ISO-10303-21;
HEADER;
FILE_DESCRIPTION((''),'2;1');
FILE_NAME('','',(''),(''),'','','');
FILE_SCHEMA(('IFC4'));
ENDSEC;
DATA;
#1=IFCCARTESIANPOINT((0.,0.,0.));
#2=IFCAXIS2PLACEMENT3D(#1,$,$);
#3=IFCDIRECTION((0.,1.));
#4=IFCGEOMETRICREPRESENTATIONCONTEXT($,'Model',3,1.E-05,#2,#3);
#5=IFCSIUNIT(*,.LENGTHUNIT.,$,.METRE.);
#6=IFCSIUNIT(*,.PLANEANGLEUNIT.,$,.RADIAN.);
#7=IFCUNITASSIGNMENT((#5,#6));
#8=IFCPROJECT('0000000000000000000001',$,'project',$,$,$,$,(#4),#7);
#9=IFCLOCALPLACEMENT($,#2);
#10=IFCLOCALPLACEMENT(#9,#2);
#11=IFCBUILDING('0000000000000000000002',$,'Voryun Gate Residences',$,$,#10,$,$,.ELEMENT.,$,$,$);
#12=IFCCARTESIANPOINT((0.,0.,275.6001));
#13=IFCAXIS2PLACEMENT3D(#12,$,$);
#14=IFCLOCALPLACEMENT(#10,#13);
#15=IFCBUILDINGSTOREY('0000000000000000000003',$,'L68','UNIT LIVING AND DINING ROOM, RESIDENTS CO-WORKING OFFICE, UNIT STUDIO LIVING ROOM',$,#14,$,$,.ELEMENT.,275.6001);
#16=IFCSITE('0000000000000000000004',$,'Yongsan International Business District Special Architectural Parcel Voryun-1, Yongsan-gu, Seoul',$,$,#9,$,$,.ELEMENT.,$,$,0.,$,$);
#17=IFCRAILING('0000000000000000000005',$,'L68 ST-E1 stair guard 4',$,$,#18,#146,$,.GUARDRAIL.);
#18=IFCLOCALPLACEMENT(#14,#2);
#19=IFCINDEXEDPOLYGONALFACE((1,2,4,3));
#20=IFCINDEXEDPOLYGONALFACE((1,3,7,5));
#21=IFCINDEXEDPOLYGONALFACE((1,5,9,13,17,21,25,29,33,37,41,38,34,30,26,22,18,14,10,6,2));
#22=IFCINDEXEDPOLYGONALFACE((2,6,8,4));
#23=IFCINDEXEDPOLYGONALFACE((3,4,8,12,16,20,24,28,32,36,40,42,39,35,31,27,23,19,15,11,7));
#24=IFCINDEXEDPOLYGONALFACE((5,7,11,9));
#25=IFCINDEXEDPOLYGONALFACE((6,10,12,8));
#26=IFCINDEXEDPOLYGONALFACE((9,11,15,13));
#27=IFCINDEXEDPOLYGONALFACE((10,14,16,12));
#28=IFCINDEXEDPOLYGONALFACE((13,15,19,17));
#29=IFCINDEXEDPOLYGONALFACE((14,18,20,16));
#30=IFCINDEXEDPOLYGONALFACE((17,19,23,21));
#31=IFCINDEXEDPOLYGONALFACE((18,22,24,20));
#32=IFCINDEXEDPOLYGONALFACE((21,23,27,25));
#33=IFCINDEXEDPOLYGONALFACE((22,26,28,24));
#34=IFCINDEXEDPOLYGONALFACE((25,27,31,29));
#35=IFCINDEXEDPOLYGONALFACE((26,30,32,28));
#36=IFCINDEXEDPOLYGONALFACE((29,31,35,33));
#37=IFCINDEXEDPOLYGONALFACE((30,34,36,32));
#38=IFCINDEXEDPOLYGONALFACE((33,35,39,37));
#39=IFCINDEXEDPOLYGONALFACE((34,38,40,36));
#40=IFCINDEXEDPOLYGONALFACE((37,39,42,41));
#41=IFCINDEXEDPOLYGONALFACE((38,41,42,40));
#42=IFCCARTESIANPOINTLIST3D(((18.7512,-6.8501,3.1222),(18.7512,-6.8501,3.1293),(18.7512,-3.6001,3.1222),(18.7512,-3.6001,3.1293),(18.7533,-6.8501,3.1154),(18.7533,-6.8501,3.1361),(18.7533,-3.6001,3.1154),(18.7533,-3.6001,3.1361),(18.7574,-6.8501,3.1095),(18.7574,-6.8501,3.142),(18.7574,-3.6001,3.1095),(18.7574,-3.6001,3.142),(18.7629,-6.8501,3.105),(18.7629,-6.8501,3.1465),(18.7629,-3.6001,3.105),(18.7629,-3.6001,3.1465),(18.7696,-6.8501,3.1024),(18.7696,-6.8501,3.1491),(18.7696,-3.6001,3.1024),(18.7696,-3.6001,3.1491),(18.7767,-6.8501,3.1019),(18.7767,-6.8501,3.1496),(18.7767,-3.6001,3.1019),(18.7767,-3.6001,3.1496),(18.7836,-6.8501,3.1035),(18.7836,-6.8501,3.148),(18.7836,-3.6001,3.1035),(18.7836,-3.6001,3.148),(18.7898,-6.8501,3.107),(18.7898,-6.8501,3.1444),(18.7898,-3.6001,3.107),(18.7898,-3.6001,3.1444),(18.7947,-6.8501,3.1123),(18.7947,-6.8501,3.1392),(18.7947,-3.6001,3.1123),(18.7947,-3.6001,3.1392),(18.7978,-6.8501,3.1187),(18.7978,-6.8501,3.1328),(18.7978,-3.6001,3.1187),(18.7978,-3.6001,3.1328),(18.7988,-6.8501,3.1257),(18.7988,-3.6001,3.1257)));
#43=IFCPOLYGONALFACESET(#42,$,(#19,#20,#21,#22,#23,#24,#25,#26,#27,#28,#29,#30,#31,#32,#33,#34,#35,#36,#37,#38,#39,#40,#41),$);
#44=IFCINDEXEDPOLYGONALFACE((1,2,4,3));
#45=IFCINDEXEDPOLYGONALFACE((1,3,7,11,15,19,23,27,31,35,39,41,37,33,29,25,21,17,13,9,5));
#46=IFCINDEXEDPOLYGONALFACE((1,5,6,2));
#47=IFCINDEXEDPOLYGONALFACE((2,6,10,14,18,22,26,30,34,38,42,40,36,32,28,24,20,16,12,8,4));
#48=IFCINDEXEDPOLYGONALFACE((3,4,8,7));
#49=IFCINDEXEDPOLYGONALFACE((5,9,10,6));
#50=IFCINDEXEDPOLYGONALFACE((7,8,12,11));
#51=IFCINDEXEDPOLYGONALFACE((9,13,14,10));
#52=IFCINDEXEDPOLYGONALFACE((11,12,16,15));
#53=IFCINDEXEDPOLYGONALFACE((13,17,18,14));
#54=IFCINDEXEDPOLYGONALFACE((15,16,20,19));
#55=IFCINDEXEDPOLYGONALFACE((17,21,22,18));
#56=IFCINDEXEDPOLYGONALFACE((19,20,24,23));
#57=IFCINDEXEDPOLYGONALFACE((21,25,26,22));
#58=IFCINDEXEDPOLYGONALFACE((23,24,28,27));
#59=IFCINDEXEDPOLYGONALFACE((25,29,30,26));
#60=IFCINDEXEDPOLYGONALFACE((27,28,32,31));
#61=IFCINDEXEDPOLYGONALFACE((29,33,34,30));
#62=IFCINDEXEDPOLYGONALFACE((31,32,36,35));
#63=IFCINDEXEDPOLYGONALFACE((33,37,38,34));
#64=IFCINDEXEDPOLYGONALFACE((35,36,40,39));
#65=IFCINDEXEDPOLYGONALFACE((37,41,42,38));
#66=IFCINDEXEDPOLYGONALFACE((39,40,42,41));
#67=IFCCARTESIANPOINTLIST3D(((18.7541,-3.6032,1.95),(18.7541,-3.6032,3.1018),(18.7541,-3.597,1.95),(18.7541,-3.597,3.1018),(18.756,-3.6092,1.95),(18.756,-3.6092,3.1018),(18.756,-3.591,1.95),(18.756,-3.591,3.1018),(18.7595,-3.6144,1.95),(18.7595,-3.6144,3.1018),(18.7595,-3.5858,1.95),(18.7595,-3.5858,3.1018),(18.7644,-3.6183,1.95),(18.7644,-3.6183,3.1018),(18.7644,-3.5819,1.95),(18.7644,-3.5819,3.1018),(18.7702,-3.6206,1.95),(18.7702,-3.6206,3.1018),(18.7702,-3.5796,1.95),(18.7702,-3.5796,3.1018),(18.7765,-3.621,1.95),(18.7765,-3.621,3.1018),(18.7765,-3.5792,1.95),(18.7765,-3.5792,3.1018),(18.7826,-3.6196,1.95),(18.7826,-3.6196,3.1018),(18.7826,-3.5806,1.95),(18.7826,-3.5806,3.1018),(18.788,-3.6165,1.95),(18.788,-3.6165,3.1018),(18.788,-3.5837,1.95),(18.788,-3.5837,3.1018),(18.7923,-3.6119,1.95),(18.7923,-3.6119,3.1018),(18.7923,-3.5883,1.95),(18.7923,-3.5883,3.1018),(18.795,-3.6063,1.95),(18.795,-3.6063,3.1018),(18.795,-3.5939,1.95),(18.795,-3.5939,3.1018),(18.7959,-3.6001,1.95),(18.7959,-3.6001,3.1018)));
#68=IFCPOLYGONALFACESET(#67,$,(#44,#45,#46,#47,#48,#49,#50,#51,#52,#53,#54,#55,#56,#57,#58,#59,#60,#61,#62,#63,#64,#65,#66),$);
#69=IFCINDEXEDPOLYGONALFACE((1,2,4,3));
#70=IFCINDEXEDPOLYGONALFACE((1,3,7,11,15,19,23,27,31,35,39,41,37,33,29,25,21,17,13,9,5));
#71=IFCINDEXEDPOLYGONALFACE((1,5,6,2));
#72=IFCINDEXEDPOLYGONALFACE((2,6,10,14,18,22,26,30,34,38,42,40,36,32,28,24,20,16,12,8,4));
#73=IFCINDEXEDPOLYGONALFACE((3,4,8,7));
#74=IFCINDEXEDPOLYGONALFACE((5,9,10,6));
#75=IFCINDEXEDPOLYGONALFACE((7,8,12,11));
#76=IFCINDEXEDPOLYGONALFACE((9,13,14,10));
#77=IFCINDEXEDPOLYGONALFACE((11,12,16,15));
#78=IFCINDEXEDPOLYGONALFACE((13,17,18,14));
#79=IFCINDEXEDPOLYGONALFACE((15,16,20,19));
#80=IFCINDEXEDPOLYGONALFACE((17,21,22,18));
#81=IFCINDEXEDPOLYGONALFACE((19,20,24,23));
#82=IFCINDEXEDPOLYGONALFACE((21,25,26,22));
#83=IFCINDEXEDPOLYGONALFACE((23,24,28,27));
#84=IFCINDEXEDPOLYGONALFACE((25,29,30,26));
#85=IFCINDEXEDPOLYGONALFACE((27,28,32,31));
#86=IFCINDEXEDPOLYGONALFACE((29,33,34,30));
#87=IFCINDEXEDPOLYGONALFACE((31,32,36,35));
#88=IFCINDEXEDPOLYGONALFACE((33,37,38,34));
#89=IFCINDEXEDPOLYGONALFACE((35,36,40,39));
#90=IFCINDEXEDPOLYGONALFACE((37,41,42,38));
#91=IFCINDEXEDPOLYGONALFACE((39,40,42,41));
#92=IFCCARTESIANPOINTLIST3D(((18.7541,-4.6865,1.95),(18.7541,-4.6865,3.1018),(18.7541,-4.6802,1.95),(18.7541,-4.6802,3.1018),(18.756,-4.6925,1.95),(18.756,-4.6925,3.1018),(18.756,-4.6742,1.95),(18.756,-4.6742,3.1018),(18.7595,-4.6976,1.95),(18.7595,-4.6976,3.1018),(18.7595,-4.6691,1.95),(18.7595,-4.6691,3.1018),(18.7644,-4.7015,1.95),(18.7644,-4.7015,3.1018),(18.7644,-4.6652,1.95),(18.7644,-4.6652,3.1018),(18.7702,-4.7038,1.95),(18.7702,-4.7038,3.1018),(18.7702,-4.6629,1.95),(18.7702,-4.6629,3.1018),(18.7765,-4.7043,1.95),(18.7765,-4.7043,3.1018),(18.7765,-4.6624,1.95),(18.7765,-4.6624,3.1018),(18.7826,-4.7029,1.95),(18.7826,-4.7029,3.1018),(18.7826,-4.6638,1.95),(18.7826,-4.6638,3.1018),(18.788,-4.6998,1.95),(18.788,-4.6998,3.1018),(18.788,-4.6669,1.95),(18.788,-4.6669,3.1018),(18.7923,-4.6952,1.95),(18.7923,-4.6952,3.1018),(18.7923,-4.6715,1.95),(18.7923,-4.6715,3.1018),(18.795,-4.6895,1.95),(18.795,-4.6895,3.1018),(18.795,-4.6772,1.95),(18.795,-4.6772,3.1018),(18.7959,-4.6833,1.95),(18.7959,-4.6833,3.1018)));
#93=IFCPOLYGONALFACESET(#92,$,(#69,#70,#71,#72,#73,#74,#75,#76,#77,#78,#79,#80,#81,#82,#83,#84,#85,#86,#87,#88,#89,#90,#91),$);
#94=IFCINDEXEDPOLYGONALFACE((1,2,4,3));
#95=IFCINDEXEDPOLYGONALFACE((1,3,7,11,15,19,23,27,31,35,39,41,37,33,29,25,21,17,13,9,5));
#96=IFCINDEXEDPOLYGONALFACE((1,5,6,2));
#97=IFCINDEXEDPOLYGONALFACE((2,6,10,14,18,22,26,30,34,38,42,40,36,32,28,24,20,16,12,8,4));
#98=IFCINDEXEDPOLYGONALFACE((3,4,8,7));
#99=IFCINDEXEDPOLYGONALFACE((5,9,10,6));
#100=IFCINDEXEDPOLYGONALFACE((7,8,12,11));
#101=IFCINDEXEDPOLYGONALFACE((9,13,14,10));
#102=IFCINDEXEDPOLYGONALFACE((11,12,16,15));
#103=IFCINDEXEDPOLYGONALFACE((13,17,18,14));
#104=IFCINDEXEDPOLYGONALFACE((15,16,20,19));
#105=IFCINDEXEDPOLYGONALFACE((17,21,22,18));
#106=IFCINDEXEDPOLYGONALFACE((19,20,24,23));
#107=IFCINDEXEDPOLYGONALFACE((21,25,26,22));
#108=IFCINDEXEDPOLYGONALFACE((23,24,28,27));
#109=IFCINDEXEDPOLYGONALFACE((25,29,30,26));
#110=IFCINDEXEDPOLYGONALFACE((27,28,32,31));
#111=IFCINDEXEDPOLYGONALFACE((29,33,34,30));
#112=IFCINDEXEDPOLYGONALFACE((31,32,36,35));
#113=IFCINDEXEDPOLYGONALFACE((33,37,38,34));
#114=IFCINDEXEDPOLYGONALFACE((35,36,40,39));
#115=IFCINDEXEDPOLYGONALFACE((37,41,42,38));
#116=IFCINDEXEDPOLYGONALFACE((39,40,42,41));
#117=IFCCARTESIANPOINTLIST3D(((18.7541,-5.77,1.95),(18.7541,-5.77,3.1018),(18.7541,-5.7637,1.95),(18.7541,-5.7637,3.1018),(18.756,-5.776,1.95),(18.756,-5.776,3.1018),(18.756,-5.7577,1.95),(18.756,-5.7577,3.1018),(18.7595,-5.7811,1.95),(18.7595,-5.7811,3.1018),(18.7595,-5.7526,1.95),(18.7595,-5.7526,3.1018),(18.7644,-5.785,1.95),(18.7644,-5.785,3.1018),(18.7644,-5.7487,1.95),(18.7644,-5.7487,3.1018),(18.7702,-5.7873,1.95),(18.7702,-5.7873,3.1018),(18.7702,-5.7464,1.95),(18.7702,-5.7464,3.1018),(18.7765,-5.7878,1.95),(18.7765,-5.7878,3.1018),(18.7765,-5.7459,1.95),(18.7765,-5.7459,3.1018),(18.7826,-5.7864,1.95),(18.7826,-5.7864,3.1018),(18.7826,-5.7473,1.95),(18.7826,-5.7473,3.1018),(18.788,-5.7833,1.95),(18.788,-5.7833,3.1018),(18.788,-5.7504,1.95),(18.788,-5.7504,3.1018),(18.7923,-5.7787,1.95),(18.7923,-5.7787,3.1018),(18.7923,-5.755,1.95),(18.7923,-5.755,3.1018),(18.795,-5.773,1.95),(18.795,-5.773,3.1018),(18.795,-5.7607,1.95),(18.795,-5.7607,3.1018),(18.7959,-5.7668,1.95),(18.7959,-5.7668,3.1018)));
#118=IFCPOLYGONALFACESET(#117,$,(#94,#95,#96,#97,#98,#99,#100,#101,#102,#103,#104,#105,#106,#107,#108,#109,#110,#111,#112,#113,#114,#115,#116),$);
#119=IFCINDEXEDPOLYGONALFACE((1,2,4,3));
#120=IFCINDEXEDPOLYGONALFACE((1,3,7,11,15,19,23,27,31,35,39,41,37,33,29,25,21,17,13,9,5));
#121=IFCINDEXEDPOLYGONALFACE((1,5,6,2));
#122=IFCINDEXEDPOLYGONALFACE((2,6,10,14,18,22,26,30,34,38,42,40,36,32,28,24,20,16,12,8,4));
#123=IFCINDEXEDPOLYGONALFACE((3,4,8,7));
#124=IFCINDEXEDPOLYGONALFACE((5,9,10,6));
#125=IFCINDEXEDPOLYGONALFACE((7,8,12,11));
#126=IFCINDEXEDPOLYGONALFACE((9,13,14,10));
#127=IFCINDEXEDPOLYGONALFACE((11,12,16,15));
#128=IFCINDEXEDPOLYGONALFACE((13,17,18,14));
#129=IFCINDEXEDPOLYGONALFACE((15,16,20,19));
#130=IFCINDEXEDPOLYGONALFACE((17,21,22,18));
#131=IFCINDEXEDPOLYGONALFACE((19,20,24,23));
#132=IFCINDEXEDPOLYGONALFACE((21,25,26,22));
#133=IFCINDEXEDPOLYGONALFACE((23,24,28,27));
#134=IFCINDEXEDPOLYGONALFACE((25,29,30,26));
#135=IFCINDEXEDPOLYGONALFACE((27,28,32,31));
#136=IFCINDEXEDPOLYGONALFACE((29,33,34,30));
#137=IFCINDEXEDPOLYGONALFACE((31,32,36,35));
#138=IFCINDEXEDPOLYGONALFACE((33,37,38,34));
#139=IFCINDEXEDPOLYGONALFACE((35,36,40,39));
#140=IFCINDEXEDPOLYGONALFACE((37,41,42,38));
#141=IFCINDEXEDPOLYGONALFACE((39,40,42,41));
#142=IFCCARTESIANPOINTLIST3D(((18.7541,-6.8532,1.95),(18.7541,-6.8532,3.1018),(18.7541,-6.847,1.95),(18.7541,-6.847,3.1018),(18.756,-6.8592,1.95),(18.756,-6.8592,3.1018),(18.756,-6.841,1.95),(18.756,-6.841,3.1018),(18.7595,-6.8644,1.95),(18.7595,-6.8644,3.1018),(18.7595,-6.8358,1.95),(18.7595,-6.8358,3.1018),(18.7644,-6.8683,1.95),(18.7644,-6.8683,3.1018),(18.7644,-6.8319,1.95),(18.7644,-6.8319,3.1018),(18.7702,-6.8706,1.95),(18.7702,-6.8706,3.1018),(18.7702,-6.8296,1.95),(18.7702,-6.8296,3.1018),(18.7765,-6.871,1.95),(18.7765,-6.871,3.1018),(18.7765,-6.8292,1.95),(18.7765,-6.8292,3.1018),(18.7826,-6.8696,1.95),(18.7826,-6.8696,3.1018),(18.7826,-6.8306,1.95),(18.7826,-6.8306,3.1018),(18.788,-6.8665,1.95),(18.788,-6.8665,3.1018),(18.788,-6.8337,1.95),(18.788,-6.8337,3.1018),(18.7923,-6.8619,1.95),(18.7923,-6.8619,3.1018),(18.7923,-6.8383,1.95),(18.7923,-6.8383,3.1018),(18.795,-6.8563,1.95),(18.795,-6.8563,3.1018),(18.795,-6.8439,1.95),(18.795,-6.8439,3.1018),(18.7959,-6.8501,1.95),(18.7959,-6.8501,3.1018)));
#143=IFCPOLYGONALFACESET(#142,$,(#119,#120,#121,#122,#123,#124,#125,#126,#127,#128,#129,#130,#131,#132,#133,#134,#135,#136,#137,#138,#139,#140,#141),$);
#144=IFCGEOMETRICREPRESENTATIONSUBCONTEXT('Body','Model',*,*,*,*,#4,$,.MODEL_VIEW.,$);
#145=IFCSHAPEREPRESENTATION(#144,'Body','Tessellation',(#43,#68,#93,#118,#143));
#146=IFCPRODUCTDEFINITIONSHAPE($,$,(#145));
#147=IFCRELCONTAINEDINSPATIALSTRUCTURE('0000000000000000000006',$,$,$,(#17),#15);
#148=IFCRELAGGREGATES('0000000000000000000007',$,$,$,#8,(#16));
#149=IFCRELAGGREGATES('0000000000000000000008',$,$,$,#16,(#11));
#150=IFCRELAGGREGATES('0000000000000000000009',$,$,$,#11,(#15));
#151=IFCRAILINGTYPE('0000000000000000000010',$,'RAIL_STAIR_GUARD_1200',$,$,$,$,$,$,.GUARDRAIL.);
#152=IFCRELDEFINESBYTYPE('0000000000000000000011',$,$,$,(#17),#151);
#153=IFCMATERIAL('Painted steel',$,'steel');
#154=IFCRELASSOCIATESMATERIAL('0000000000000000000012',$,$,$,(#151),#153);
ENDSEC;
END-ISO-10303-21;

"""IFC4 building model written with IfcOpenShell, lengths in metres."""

from ifc_helpers import new_model, si_unit, direction, frame, origin, origin_2d, place, context, subcontext, project, spatial, circle, extrude, material, type_object, element, save


model = new_model("IFC4")

# Units and contexts
model_context = context("Model", 3, precision=1e-05, world=origin(), true_north=direction((0.0, 1.0)))
body_context = subcontext(model_context, "Body", "Model", "MODEL_VIEW")
ifc_project = project(units=[si_unit("LENGTHUNIT", "METRE"), si_unit("PLANEANGLEUNIT", "RADIAN")], contexts=[model_context])

# Site, building, storey
site_placement = place(None, origin())
site = spatial("IfcSite", under=ifc_project, at=site_placement, Name="Yongsan International Business District Special Architectural Parcel Voryun-1, Yongsan-gu, Seoul", CompositionType="ELEMENT", RefElevation=0.0)
building_placement = place(site_placement, origin())
building = spatial("IfcBuilding", under=site, at=building_placement, Name="Voryun Gate Residences", CompositionType="ELEMENT")
storey_placement = place(building_placement, frame((0.0, 0.0, 275.6001)))
storey = spatial("IfcBuildingStorey", under=building, at=storey_placement, Name="L68", Description="UNIT LIVING AND DINING ROOM, RESIDENTS CO-WORKING OFFICE, UNIT STUDIO LIVING ROOM", CompositionType="ELEMENT", Elevation=275.6001)

# Railing
ifc_material_1 = material(Name="Painted steel", Category="steel")
railing_type_1 = type_object("IfcRailingType", Name="RAIL_STAIR_GUARD_1200", PredefinedType="GUARDRAIL", material=ifc_material_1)
for number, where, name in (
    (1, (18.7749, -3.6001, 1.95), "L68 ST-E1 stair guard 4"),
):
    element("IfcRailing", number, at=place(storey_placement, frame(where)), inside=storey, type_object=railing_type_1, Name=name, PredefinedType="GUARDRAIL", context=body_context, shape_type="SweptSolid", body=[
        extrude(circle(Radius=0.0239, at=origin_2d()), frame((0.0, 0.0, 1.1758), z_axis=(0.0, -1.0, 0.0), x_axis=(1.0, 0.0, 0.0)), (0.0, 0.0, 1.0), 3.25),
        extrude(circle(Radius=0.021, at=origin_2d()), origin(), (0.0, 0.0, 1.0), 1.1519),
        extrude(circle(Radius=0.021, at=origin_2d()), frame((0.0, -1.0833, 0.0)), (0.0, 0.0, 1.0), 1.1519),
        extrude(circle(Radius=0.021, at=origin_2d()), frame((0.0, -2.1667, 0.0)), (0.0, 0.0, 1.0), 1.1519),
        extrude(circle(Radius=0.021, at=origin_2d()), frame((0.0, -3.25, 0.0)), (0.0, 0.0, 1.0), 1.1519),
    ])

save(model, "model.ifc")
